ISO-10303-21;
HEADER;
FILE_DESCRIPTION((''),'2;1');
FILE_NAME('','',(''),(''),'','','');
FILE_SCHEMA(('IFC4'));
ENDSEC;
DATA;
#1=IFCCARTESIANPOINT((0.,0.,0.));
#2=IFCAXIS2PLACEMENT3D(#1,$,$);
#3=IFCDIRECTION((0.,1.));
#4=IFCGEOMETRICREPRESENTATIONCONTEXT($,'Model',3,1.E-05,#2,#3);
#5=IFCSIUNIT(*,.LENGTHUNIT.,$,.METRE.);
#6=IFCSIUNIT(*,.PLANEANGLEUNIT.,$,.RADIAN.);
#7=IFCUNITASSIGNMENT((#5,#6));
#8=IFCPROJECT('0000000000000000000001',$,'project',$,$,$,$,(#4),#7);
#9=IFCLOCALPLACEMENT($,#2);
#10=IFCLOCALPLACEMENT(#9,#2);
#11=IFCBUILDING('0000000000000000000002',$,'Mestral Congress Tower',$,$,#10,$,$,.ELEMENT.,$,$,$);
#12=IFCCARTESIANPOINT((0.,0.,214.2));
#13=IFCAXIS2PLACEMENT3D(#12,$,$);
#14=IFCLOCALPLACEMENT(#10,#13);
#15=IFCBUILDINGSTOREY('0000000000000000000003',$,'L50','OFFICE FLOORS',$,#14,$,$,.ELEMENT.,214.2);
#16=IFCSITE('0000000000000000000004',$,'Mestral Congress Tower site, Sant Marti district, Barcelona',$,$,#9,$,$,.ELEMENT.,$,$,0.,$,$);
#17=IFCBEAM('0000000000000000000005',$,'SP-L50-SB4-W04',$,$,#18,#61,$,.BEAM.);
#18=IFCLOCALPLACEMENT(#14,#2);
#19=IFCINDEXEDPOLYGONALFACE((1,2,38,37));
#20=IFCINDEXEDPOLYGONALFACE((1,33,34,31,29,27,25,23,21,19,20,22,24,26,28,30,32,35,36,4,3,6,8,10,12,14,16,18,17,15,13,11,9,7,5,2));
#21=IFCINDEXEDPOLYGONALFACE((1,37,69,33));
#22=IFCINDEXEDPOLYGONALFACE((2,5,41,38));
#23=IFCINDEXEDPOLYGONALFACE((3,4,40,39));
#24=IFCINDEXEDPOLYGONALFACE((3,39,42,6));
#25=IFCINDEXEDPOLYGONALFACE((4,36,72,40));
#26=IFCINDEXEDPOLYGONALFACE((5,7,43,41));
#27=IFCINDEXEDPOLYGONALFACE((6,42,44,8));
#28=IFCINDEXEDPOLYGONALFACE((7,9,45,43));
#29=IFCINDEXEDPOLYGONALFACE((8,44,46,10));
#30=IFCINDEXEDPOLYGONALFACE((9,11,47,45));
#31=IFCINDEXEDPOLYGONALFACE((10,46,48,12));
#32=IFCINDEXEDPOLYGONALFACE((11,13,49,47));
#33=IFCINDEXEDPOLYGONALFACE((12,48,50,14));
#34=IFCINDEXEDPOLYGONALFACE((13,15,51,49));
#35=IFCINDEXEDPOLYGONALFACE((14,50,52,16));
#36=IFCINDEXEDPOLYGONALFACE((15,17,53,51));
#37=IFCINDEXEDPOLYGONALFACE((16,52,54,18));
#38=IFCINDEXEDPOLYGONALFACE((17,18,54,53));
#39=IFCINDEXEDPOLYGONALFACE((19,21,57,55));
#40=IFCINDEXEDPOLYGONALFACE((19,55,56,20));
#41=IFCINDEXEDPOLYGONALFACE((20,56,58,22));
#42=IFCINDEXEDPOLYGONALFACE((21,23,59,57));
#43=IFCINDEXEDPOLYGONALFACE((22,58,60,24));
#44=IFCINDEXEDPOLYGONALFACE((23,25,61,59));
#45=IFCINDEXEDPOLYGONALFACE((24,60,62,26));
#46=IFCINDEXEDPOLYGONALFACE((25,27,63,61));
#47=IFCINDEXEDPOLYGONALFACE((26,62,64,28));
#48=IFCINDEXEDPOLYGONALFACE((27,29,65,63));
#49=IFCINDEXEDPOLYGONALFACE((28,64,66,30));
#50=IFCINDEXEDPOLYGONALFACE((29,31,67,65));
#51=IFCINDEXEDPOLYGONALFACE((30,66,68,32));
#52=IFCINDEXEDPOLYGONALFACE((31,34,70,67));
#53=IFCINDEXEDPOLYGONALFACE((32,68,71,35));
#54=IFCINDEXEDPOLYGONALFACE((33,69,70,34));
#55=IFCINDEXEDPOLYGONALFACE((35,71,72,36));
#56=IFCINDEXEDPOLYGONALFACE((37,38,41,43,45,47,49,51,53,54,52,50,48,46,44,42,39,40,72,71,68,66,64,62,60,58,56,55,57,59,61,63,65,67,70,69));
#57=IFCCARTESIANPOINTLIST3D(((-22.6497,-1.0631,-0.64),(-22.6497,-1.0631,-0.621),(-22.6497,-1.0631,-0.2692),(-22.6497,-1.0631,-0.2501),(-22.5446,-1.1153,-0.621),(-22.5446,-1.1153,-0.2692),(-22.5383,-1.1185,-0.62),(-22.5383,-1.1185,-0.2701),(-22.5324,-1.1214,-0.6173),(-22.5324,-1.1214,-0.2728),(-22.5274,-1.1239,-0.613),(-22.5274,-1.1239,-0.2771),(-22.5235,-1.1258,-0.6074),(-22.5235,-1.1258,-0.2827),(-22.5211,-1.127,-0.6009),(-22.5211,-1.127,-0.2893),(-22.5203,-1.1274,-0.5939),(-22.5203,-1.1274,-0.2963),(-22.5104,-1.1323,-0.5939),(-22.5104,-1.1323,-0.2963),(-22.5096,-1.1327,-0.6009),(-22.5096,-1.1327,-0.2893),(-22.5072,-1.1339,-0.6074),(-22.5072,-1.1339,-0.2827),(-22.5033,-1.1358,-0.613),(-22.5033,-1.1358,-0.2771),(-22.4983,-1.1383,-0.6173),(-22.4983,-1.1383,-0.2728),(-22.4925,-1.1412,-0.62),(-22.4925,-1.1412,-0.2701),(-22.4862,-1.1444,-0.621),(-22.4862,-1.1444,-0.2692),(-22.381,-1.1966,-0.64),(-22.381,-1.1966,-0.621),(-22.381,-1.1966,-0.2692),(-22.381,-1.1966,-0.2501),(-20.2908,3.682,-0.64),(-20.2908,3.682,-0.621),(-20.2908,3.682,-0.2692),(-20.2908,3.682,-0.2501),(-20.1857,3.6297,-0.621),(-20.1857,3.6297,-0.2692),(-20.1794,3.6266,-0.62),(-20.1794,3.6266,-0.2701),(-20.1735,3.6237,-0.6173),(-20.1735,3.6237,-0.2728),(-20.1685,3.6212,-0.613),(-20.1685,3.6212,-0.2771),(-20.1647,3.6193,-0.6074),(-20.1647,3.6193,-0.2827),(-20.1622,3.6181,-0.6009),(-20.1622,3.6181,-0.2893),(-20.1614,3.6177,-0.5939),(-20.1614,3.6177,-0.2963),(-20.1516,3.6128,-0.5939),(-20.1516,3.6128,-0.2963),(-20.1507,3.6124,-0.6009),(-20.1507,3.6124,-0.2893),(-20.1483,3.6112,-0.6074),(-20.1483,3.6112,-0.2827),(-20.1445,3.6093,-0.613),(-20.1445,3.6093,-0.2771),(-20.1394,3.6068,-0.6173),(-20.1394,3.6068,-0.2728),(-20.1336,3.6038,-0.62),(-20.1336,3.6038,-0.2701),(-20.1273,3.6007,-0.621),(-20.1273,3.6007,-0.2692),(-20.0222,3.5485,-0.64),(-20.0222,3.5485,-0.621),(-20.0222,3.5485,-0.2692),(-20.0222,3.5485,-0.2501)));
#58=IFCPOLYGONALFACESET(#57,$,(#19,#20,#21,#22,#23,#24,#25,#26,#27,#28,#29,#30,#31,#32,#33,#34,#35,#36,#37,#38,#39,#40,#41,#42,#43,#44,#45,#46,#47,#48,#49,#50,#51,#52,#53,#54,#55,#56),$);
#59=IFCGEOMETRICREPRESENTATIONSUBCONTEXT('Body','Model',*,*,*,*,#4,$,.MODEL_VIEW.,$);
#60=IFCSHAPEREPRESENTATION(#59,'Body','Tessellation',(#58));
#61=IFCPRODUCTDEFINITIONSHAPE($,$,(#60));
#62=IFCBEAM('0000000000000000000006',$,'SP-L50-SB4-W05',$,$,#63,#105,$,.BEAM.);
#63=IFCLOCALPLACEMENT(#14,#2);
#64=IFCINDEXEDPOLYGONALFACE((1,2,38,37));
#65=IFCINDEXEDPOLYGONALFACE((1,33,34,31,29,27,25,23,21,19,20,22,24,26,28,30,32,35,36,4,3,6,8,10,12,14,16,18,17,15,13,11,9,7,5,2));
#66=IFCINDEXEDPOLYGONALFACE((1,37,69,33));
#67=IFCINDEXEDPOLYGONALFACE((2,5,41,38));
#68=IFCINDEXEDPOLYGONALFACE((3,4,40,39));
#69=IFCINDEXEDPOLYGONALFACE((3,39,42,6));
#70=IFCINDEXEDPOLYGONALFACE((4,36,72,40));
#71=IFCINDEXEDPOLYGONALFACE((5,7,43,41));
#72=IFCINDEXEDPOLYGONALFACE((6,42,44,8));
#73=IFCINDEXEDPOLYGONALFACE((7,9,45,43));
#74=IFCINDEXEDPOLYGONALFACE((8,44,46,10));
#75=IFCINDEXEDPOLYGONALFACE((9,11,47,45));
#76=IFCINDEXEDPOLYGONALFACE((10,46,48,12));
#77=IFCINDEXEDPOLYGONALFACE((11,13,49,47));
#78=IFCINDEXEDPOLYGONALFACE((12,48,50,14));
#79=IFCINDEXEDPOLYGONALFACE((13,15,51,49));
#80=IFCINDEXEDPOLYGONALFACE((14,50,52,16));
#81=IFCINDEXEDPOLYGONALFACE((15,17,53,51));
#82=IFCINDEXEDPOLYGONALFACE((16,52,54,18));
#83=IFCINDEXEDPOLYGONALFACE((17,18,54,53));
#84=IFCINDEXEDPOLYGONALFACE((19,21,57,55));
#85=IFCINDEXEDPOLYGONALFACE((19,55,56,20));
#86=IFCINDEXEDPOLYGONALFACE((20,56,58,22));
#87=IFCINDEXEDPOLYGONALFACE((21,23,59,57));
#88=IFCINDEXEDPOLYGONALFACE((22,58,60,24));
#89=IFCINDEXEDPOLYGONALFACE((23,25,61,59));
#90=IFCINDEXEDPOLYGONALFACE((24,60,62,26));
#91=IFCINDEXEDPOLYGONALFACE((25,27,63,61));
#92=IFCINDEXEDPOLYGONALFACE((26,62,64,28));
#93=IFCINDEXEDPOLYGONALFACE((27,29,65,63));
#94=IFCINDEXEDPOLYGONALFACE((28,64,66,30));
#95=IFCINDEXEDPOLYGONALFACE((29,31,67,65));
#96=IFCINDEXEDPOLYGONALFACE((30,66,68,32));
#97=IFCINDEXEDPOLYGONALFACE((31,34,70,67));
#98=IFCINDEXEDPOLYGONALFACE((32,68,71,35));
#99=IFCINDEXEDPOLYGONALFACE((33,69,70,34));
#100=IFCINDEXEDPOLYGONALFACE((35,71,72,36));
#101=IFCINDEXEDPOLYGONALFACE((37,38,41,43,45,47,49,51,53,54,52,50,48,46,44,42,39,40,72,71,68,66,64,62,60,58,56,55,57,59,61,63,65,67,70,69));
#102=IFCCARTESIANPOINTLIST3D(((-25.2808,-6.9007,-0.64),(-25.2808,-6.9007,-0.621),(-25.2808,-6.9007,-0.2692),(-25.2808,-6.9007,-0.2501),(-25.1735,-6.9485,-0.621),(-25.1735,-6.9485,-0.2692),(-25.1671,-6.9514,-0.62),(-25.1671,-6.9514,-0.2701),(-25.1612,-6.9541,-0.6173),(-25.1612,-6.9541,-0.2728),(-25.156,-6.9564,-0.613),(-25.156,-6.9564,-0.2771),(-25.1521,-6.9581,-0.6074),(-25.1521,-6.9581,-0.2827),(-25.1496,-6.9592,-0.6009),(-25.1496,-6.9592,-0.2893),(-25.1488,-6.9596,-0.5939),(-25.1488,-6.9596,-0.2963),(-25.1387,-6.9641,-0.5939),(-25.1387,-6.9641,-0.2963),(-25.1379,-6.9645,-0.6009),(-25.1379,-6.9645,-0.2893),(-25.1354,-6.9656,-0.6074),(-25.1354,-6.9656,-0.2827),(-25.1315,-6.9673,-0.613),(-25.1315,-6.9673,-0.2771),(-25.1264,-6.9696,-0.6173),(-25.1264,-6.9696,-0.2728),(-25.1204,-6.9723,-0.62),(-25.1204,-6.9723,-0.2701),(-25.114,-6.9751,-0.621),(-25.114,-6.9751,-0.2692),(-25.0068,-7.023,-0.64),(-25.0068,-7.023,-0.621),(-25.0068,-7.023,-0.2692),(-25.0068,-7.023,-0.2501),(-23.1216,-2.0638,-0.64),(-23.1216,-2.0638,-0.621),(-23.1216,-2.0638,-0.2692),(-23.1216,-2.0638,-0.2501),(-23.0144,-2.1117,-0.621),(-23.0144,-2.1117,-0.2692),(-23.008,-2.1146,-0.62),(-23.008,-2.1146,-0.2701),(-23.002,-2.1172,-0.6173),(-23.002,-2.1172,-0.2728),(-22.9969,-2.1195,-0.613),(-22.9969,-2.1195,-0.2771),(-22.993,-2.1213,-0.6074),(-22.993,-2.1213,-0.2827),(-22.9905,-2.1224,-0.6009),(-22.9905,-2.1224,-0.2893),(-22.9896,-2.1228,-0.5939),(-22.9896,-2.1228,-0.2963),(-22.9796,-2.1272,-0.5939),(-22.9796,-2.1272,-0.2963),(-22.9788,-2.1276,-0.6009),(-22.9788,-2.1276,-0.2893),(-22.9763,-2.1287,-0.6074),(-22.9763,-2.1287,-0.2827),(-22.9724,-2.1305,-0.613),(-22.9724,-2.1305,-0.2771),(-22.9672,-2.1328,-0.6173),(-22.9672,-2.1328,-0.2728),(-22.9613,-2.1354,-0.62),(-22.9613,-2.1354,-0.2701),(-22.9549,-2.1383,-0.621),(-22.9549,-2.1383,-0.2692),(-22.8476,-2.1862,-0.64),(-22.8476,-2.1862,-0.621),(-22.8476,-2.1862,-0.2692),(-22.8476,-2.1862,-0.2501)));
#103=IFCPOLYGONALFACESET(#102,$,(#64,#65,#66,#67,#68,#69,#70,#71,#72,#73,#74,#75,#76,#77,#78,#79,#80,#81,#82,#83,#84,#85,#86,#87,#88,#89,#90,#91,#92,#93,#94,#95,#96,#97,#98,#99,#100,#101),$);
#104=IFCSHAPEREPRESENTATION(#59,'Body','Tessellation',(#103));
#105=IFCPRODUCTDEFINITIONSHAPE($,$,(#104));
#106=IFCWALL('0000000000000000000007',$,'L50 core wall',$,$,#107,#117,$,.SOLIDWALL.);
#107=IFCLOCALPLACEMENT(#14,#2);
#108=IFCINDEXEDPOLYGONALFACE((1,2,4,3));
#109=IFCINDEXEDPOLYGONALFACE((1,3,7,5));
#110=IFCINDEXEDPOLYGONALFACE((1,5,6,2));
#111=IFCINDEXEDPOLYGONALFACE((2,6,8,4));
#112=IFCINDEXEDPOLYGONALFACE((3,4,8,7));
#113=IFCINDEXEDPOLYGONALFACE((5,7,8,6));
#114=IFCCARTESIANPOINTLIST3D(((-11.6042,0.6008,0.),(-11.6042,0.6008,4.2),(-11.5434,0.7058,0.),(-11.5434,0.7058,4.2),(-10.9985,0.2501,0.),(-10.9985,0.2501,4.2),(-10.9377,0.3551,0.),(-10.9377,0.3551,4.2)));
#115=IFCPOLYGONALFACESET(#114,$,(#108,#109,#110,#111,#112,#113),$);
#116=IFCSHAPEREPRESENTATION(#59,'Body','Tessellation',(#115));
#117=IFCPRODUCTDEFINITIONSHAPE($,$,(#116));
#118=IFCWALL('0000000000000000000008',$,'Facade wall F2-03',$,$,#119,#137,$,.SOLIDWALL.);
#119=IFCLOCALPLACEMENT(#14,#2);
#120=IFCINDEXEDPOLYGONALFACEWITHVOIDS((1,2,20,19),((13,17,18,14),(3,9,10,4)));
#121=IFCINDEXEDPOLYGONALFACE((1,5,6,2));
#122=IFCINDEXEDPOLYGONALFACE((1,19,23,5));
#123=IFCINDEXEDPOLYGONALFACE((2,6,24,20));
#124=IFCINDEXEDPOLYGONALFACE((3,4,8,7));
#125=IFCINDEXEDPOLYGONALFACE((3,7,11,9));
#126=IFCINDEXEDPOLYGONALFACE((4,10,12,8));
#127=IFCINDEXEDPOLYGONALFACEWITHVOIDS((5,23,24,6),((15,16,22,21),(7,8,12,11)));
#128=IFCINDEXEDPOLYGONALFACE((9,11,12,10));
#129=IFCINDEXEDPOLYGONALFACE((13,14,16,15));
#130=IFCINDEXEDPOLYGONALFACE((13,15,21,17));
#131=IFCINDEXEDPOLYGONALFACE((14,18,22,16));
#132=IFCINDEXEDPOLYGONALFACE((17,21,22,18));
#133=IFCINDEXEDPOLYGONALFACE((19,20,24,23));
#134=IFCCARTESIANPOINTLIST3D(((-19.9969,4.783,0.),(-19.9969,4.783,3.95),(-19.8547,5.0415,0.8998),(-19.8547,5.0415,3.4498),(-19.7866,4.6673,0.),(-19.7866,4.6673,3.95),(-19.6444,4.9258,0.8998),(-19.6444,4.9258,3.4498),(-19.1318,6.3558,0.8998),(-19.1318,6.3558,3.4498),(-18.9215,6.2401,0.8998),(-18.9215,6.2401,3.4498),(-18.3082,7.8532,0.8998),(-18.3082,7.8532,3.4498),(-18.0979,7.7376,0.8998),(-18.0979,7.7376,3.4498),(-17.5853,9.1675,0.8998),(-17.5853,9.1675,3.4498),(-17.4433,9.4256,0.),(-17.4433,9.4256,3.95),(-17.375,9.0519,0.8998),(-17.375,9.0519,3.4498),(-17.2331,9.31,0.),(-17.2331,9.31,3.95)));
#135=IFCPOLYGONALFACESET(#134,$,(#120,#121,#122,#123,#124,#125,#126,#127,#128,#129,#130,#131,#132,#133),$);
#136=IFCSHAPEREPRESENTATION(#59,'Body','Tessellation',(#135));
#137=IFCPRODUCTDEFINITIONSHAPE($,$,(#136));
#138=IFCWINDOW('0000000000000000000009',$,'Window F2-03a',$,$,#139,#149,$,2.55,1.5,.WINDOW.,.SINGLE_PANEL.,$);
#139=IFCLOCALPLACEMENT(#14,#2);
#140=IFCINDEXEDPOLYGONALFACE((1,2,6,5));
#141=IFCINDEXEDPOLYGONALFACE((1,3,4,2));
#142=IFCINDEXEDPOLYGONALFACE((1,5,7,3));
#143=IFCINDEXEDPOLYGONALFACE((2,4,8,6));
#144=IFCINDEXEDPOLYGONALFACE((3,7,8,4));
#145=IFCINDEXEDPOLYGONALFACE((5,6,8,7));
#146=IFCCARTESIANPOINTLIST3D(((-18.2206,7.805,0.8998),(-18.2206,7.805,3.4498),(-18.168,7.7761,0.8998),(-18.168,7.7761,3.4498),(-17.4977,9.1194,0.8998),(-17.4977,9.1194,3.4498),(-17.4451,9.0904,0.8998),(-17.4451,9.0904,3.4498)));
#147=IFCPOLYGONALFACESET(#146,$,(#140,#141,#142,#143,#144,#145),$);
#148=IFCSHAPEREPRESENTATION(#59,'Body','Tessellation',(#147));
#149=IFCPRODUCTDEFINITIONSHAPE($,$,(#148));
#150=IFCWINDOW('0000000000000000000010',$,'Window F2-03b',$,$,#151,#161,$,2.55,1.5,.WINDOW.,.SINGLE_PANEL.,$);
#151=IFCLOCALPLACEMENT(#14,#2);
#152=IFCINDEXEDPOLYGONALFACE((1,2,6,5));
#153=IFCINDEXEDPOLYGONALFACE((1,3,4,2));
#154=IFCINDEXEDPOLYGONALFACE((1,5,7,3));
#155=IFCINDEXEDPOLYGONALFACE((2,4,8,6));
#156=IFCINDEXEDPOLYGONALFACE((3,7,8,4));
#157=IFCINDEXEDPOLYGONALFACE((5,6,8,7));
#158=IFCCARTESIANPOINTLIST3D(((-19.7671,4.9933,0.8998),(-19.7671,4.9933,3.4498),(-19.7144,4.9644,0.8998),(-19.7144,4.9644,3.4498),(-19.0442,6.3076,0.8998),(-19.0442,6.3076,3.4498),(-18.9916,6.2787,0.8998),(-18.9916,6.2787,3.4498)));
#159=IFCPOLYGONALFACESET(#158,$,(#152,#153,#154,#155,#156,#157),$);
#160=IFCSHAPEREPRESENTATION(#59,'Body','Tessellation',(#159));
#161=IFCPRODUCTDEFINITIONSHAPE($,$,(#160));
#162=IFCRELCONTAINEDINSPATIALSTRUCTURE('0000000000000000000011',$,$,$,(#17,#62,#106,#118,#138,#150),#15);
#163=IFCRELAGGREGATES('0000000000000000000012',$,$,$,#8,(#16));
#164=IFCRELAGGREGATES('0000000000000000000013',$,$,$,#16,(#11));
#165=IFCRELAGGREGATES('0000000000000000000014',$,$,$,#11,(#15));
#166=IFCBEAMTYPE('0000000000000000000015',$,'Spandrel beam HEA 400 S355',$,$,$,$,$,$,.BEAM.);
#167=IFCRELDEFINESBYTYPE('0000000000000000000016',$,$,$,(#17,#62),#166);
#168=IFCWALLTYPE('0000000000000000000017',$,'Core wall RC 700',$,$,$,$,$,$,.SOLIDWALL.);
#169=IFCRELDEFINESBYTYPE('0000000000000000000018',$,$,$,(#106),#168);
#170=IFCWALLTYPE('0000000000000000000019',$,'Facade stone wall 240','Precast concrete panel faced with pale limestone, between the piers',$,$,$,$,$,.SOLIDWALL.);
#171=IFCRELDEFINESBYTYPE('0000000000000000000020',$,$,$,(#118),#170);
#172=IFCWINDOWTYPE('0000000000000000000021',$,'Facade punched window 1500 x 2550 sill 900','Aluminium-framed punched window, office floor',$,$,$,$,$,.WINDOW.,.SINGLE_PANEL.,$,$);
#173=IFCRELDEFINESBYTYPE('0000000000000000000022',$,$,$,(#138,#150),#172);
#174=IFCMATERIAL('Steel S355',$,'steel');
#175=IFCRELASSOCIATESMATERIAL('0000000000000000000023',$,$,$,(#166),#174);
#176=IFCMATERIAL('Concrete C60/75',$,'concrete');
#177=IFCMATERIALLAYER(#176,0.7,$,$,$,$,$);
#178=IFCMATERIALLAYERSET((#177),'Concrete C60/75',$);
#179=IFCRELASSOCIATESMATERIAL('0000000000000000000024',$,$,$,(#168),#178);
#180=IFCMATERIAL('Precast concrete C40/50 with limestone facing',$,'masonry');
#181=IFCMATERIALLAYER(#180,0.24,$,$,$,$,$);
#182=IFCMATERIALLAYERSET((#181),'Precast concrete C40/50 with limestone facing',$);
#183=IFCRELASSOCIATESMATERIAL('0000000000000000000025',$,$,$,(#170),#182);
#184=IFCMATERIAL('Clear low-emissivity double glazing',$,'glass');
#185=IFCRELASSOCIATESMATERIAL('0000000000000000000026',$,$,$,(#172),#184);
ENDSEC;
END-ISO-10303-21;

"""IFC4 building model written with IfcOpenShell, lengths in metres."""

from ifc_helpers import new_model, si_unit, direction, frame, frame_2d, origin, origin_2d, place, context, subcontext, project, spatial, rectangle, i_section, extrude, material, layer, layer_set, material_profile, profile_set, type_object, element, fill, save


model = new_model("IFC4")

# Units and contexts
model_context = context("Model", 3, precision=1e-05, world=origin(), true_north=direction((0.0, 1.0)))
body_context = subcontext(model_context, "Body", "Model", "MODEL_VIEW")
ifc_project = project(units=[si_unit("LENGTHUNIT", "METRE"), si_unit("PLANEANGLEUNIT", "RADIAN")], contexts=[model_context])

# Site, building, storey
site_placement = place(None, origin())
site = spatial("IfcSite", under=ifc_project, at=site_placement, Name="Mestral Congress Tower site, Sant Marti district, Barcelona", CompositionType="ELEMENT", RefElevation=0.0)
building_placement = place(site_placement, origin())
building = spatial("IfcBuilding", under=site, at=building_placement, Name="Mestral Congress Tower", CompositionType="ELEMENT")
storey_placement = place(building_placement, frame((0.0, 0.0, 214.2)))
storey = spatial("IfcBuildingStorey", under=building, at=storey_placement, Name="L50", Description="OFFICE FLOORS", CompositionType="ELEMENT", Elevation=214.2)

# Shared definitions
ifc_material_1 = material(Name="Concrete C60/75", Category="concrete")

# Beams
ifc_material_2 = material(Name="Steel S355", Category="steel")
ifc_material_profile_1 = material_profile(ifc_material_2, i_section(OverallWidth=0.3, OverallDepth=0.3899, WebThickness=0.011, FlangeThickness=0.019, FilletRadius=0.0271, at=origin_2d()), Name="HEA 400")
ifc_profile_set_1 = profile_set([ifc_material_profile_1], Name="Steel S355")
beam_type_1 = type_object("IfcBeamType", Name="Spandrel beam HEA 400 S355", PredefinedType="BEAM", material=ifc_profile_set_1)
beam_1_placement = place(storey_placement, frame((-20.1565, 3.6152, -0.4451), z_axis=(-0.445148, -0.895457, 0.0), x_axis=(0.895457, -0.445148, 0.0)))
element("IfcBeam", 1, at=beam_1_placement, inside=storey, type_object=beam_type_1, Name="SP-L50-SB4-W04", PredefinedType="BEAM", context=body_context, shape_type="SweptSolid", body=[
    extrude(i_section(OverallWidth=0.3, OverallDepth=0.3899, WebThickness=0.011, FlangeThickness=0.019, FilletRadius=0.0271, at=origin_2d()), origin(), (0.0, 0.0, 1.0), 5.2991),
])
beam_2_placement = place(storey_placement, frame((-22.9846, -2.125, -0.4451), z_axis=(-0.407626, -0.913149, 0.0), x_axis=(0.913149, -0.407626, 0.0)))
element("IfcBeam", 2, at=beam_2_placement, inside=storey, type_object=beam_type_1, Name="SP-L50-SB4-W05", PredefinedType="BEAM", context=body_context, shape_type="SweptSolid", body=[
    extrude(i_section(OverallWidth=0.3, OverallDepth=0.3899, WebThickness=0.011, FlangeThickness=0.019, FilletRadius=0.0271, at=origin_2d()), origin(), (0.0, 0.0, 1.0), 5.2969),
])

# Wall
ifc_layer_1 = layer(ifc_material_1, 0.7)
ifc_layer_set_1 = layer_set([ifc_layer_1], Name="Concrete C60/75")
wall_type_1 = type_object("IfcWallType", Name="Core wall RC 700", PredefinedType="SOLIDWALL", material=ifc_layer_set_1)
wall_1_placement = place(storey_placement, frame((-11.3013, 0.4255, 0.0), z_axis=(0.0, 0.0, 1.0), x_axis=(0.501116, 0.86538, 0.0)))
element("IfcWall", 3, at=wall_1_placement, inside=storey, type_object=wall_type_1, Name="L50 core wall", PredefinedType="SOLIDWALL", context=body_context, shape_type="SweptSolid", body=[
    extrude(rectangle(XDim=0.1213, YDim=0.7, at=frame_2d((0.0605, 0.0))), origin(), (0.0, 0.0, 1.0), 4.2),
])

# Wall, openings, windows
ifc_material_3 = material(Name="Precast concrete C40/50 with limestone facing", Category="masonry")
ifc_layer_2 = layer(ifc_material_3, 0.24)
ifc_layer_set_2 = layer_set([ifc_layer_2], Name="Precast concrete C40/50 with limestone facing")
wall_type_2 = type_object("IfcWallType", Name="Facade stone wall 240", Description="Precast concrete panel faced with pale limestone, between the piers", PredefinedType="SOLIDWALL", material=ifc_layer_set_2)
wall_2_placement = place(storey_placement, frame((-17.3381, 9.3679, 0.0), z_axis=(0.0, 0.0, 1.0), x_axis=(-0.481926, -0.876212, 0.0)))
wall_2 = element("IfcWall", 4, at=wall_2_placement, inside=storey, type_object=wall_type_2, Name="Facade wall F2-03", PredefinedType="SOLIDWALL", context=body_context, shape_type="SweptSolid", body=[
    extrude(rectangle(XDim=5.2986, YDim=0.24, at=frame_2d((2.6494, 0.0))), origin(), (0.0, 0.0, 1.0), 3.95),
])
opening_1_placement = place(wall_2_placement, frame((0.2947, 0.0, 0.8999)))
opening_1 = element("IfcOpeningElement", 5, at=opening_1_placement, cuts=wall_2, PredefinedType="OPENING", context=body_context, shape_type="SweptSolid", body=[
    extrude(rectangle(XDim=1.5, YDim=2.55, at=frame_2d((0.75, 1.2749))), frame((0.0, 0.1299, 0.0), z_axis=(0.0, -1.0, 0.0), x_axis=(1.0, 0.0, 0.0)), (0.0, 0.0, 1.0), 0.26),
])
opening_2_placement = place(wall_2_placement, frame((3.5037, 0.0, 0.8999)))
opening_2 = element("IfcOpeningElement", 6, at=opening_2_placement, cuts=wall_2, PredefinedType="OPENING", context=body_context, shape_type="SweptSolid", body=[
    extrude(rectangle(XDim=1.5, YDim=2.55, at=frame_2d((0.75, 1.2749))), frame((0.0, 0.1299, 0.0), z_axis=(0.0, -1.0, 0.0), x_axis=(1.0, 0.0, 0.0)), (0.0, 0.0, 1.0), 0.26),
])
ifc_material_4 = material(Name="Clear low-emissivity double glazing", Category="glass")
window_type = type_object("IfcWindowType", Name="Facade punched window 1500 x 2550 sill 900", Description="Aluminium-framed punched window, office floor", PartitioningType="SINGLE_PANEL", PredefinedType="WINDOW", material=ifc_material_4)
window_1_placement = place(opening_1_placement, origin())
window_1 = element("IfcWindow", 7, at=window_1_placement, inside=storey, type_object=window_type, Name="Window F2-03a", OverallHeight=2.55, OverallWidth=1.5, PartitioningType="SINGLE_PANEL", PredefinedType="WINDOW", context=body_context, shape_type="SweptSolid", body=[
    extrude(rectangle(XDim=1.5, YDim=2.55, at=frame_2d((0.75, 1.2749))), frame((0.0, 0.04, 0.0), z_axis=(0.0, -1.0, 0.0), x_axis=(1.0, 0.0, 0.0)), (0.0, 0.0, 1.0), 0.0601),
])
fill(opening_1, window_1)
window_2_placement = place(opening_2_placement, origin())
window_2 = element("IfcWindow", 8, at=window_2_placement, inside=storey, type_object=window_type, Name="Window F2-03b", OverallHeight=2.55, OverallWidth=1.5, PartitioningType="SINGLE_PANEL", PredefinedType="WINDOW", context=body_context, shape_type="SweptSolid", body=[
    extrude(rectangle(XDim=1.5, YDim=2.55, at=frame_2d((0.75, 1.2749))), frame((0.0, 0.04, 0.0), z_axis=(0.0, -1.0, 0.0), x_axis=(1.0, 0.0, 0.0)), (0.0, 0.0, 1.0), 0.0601),
])
fill(opening_2, window_2)

save(model, "model.ifc")
